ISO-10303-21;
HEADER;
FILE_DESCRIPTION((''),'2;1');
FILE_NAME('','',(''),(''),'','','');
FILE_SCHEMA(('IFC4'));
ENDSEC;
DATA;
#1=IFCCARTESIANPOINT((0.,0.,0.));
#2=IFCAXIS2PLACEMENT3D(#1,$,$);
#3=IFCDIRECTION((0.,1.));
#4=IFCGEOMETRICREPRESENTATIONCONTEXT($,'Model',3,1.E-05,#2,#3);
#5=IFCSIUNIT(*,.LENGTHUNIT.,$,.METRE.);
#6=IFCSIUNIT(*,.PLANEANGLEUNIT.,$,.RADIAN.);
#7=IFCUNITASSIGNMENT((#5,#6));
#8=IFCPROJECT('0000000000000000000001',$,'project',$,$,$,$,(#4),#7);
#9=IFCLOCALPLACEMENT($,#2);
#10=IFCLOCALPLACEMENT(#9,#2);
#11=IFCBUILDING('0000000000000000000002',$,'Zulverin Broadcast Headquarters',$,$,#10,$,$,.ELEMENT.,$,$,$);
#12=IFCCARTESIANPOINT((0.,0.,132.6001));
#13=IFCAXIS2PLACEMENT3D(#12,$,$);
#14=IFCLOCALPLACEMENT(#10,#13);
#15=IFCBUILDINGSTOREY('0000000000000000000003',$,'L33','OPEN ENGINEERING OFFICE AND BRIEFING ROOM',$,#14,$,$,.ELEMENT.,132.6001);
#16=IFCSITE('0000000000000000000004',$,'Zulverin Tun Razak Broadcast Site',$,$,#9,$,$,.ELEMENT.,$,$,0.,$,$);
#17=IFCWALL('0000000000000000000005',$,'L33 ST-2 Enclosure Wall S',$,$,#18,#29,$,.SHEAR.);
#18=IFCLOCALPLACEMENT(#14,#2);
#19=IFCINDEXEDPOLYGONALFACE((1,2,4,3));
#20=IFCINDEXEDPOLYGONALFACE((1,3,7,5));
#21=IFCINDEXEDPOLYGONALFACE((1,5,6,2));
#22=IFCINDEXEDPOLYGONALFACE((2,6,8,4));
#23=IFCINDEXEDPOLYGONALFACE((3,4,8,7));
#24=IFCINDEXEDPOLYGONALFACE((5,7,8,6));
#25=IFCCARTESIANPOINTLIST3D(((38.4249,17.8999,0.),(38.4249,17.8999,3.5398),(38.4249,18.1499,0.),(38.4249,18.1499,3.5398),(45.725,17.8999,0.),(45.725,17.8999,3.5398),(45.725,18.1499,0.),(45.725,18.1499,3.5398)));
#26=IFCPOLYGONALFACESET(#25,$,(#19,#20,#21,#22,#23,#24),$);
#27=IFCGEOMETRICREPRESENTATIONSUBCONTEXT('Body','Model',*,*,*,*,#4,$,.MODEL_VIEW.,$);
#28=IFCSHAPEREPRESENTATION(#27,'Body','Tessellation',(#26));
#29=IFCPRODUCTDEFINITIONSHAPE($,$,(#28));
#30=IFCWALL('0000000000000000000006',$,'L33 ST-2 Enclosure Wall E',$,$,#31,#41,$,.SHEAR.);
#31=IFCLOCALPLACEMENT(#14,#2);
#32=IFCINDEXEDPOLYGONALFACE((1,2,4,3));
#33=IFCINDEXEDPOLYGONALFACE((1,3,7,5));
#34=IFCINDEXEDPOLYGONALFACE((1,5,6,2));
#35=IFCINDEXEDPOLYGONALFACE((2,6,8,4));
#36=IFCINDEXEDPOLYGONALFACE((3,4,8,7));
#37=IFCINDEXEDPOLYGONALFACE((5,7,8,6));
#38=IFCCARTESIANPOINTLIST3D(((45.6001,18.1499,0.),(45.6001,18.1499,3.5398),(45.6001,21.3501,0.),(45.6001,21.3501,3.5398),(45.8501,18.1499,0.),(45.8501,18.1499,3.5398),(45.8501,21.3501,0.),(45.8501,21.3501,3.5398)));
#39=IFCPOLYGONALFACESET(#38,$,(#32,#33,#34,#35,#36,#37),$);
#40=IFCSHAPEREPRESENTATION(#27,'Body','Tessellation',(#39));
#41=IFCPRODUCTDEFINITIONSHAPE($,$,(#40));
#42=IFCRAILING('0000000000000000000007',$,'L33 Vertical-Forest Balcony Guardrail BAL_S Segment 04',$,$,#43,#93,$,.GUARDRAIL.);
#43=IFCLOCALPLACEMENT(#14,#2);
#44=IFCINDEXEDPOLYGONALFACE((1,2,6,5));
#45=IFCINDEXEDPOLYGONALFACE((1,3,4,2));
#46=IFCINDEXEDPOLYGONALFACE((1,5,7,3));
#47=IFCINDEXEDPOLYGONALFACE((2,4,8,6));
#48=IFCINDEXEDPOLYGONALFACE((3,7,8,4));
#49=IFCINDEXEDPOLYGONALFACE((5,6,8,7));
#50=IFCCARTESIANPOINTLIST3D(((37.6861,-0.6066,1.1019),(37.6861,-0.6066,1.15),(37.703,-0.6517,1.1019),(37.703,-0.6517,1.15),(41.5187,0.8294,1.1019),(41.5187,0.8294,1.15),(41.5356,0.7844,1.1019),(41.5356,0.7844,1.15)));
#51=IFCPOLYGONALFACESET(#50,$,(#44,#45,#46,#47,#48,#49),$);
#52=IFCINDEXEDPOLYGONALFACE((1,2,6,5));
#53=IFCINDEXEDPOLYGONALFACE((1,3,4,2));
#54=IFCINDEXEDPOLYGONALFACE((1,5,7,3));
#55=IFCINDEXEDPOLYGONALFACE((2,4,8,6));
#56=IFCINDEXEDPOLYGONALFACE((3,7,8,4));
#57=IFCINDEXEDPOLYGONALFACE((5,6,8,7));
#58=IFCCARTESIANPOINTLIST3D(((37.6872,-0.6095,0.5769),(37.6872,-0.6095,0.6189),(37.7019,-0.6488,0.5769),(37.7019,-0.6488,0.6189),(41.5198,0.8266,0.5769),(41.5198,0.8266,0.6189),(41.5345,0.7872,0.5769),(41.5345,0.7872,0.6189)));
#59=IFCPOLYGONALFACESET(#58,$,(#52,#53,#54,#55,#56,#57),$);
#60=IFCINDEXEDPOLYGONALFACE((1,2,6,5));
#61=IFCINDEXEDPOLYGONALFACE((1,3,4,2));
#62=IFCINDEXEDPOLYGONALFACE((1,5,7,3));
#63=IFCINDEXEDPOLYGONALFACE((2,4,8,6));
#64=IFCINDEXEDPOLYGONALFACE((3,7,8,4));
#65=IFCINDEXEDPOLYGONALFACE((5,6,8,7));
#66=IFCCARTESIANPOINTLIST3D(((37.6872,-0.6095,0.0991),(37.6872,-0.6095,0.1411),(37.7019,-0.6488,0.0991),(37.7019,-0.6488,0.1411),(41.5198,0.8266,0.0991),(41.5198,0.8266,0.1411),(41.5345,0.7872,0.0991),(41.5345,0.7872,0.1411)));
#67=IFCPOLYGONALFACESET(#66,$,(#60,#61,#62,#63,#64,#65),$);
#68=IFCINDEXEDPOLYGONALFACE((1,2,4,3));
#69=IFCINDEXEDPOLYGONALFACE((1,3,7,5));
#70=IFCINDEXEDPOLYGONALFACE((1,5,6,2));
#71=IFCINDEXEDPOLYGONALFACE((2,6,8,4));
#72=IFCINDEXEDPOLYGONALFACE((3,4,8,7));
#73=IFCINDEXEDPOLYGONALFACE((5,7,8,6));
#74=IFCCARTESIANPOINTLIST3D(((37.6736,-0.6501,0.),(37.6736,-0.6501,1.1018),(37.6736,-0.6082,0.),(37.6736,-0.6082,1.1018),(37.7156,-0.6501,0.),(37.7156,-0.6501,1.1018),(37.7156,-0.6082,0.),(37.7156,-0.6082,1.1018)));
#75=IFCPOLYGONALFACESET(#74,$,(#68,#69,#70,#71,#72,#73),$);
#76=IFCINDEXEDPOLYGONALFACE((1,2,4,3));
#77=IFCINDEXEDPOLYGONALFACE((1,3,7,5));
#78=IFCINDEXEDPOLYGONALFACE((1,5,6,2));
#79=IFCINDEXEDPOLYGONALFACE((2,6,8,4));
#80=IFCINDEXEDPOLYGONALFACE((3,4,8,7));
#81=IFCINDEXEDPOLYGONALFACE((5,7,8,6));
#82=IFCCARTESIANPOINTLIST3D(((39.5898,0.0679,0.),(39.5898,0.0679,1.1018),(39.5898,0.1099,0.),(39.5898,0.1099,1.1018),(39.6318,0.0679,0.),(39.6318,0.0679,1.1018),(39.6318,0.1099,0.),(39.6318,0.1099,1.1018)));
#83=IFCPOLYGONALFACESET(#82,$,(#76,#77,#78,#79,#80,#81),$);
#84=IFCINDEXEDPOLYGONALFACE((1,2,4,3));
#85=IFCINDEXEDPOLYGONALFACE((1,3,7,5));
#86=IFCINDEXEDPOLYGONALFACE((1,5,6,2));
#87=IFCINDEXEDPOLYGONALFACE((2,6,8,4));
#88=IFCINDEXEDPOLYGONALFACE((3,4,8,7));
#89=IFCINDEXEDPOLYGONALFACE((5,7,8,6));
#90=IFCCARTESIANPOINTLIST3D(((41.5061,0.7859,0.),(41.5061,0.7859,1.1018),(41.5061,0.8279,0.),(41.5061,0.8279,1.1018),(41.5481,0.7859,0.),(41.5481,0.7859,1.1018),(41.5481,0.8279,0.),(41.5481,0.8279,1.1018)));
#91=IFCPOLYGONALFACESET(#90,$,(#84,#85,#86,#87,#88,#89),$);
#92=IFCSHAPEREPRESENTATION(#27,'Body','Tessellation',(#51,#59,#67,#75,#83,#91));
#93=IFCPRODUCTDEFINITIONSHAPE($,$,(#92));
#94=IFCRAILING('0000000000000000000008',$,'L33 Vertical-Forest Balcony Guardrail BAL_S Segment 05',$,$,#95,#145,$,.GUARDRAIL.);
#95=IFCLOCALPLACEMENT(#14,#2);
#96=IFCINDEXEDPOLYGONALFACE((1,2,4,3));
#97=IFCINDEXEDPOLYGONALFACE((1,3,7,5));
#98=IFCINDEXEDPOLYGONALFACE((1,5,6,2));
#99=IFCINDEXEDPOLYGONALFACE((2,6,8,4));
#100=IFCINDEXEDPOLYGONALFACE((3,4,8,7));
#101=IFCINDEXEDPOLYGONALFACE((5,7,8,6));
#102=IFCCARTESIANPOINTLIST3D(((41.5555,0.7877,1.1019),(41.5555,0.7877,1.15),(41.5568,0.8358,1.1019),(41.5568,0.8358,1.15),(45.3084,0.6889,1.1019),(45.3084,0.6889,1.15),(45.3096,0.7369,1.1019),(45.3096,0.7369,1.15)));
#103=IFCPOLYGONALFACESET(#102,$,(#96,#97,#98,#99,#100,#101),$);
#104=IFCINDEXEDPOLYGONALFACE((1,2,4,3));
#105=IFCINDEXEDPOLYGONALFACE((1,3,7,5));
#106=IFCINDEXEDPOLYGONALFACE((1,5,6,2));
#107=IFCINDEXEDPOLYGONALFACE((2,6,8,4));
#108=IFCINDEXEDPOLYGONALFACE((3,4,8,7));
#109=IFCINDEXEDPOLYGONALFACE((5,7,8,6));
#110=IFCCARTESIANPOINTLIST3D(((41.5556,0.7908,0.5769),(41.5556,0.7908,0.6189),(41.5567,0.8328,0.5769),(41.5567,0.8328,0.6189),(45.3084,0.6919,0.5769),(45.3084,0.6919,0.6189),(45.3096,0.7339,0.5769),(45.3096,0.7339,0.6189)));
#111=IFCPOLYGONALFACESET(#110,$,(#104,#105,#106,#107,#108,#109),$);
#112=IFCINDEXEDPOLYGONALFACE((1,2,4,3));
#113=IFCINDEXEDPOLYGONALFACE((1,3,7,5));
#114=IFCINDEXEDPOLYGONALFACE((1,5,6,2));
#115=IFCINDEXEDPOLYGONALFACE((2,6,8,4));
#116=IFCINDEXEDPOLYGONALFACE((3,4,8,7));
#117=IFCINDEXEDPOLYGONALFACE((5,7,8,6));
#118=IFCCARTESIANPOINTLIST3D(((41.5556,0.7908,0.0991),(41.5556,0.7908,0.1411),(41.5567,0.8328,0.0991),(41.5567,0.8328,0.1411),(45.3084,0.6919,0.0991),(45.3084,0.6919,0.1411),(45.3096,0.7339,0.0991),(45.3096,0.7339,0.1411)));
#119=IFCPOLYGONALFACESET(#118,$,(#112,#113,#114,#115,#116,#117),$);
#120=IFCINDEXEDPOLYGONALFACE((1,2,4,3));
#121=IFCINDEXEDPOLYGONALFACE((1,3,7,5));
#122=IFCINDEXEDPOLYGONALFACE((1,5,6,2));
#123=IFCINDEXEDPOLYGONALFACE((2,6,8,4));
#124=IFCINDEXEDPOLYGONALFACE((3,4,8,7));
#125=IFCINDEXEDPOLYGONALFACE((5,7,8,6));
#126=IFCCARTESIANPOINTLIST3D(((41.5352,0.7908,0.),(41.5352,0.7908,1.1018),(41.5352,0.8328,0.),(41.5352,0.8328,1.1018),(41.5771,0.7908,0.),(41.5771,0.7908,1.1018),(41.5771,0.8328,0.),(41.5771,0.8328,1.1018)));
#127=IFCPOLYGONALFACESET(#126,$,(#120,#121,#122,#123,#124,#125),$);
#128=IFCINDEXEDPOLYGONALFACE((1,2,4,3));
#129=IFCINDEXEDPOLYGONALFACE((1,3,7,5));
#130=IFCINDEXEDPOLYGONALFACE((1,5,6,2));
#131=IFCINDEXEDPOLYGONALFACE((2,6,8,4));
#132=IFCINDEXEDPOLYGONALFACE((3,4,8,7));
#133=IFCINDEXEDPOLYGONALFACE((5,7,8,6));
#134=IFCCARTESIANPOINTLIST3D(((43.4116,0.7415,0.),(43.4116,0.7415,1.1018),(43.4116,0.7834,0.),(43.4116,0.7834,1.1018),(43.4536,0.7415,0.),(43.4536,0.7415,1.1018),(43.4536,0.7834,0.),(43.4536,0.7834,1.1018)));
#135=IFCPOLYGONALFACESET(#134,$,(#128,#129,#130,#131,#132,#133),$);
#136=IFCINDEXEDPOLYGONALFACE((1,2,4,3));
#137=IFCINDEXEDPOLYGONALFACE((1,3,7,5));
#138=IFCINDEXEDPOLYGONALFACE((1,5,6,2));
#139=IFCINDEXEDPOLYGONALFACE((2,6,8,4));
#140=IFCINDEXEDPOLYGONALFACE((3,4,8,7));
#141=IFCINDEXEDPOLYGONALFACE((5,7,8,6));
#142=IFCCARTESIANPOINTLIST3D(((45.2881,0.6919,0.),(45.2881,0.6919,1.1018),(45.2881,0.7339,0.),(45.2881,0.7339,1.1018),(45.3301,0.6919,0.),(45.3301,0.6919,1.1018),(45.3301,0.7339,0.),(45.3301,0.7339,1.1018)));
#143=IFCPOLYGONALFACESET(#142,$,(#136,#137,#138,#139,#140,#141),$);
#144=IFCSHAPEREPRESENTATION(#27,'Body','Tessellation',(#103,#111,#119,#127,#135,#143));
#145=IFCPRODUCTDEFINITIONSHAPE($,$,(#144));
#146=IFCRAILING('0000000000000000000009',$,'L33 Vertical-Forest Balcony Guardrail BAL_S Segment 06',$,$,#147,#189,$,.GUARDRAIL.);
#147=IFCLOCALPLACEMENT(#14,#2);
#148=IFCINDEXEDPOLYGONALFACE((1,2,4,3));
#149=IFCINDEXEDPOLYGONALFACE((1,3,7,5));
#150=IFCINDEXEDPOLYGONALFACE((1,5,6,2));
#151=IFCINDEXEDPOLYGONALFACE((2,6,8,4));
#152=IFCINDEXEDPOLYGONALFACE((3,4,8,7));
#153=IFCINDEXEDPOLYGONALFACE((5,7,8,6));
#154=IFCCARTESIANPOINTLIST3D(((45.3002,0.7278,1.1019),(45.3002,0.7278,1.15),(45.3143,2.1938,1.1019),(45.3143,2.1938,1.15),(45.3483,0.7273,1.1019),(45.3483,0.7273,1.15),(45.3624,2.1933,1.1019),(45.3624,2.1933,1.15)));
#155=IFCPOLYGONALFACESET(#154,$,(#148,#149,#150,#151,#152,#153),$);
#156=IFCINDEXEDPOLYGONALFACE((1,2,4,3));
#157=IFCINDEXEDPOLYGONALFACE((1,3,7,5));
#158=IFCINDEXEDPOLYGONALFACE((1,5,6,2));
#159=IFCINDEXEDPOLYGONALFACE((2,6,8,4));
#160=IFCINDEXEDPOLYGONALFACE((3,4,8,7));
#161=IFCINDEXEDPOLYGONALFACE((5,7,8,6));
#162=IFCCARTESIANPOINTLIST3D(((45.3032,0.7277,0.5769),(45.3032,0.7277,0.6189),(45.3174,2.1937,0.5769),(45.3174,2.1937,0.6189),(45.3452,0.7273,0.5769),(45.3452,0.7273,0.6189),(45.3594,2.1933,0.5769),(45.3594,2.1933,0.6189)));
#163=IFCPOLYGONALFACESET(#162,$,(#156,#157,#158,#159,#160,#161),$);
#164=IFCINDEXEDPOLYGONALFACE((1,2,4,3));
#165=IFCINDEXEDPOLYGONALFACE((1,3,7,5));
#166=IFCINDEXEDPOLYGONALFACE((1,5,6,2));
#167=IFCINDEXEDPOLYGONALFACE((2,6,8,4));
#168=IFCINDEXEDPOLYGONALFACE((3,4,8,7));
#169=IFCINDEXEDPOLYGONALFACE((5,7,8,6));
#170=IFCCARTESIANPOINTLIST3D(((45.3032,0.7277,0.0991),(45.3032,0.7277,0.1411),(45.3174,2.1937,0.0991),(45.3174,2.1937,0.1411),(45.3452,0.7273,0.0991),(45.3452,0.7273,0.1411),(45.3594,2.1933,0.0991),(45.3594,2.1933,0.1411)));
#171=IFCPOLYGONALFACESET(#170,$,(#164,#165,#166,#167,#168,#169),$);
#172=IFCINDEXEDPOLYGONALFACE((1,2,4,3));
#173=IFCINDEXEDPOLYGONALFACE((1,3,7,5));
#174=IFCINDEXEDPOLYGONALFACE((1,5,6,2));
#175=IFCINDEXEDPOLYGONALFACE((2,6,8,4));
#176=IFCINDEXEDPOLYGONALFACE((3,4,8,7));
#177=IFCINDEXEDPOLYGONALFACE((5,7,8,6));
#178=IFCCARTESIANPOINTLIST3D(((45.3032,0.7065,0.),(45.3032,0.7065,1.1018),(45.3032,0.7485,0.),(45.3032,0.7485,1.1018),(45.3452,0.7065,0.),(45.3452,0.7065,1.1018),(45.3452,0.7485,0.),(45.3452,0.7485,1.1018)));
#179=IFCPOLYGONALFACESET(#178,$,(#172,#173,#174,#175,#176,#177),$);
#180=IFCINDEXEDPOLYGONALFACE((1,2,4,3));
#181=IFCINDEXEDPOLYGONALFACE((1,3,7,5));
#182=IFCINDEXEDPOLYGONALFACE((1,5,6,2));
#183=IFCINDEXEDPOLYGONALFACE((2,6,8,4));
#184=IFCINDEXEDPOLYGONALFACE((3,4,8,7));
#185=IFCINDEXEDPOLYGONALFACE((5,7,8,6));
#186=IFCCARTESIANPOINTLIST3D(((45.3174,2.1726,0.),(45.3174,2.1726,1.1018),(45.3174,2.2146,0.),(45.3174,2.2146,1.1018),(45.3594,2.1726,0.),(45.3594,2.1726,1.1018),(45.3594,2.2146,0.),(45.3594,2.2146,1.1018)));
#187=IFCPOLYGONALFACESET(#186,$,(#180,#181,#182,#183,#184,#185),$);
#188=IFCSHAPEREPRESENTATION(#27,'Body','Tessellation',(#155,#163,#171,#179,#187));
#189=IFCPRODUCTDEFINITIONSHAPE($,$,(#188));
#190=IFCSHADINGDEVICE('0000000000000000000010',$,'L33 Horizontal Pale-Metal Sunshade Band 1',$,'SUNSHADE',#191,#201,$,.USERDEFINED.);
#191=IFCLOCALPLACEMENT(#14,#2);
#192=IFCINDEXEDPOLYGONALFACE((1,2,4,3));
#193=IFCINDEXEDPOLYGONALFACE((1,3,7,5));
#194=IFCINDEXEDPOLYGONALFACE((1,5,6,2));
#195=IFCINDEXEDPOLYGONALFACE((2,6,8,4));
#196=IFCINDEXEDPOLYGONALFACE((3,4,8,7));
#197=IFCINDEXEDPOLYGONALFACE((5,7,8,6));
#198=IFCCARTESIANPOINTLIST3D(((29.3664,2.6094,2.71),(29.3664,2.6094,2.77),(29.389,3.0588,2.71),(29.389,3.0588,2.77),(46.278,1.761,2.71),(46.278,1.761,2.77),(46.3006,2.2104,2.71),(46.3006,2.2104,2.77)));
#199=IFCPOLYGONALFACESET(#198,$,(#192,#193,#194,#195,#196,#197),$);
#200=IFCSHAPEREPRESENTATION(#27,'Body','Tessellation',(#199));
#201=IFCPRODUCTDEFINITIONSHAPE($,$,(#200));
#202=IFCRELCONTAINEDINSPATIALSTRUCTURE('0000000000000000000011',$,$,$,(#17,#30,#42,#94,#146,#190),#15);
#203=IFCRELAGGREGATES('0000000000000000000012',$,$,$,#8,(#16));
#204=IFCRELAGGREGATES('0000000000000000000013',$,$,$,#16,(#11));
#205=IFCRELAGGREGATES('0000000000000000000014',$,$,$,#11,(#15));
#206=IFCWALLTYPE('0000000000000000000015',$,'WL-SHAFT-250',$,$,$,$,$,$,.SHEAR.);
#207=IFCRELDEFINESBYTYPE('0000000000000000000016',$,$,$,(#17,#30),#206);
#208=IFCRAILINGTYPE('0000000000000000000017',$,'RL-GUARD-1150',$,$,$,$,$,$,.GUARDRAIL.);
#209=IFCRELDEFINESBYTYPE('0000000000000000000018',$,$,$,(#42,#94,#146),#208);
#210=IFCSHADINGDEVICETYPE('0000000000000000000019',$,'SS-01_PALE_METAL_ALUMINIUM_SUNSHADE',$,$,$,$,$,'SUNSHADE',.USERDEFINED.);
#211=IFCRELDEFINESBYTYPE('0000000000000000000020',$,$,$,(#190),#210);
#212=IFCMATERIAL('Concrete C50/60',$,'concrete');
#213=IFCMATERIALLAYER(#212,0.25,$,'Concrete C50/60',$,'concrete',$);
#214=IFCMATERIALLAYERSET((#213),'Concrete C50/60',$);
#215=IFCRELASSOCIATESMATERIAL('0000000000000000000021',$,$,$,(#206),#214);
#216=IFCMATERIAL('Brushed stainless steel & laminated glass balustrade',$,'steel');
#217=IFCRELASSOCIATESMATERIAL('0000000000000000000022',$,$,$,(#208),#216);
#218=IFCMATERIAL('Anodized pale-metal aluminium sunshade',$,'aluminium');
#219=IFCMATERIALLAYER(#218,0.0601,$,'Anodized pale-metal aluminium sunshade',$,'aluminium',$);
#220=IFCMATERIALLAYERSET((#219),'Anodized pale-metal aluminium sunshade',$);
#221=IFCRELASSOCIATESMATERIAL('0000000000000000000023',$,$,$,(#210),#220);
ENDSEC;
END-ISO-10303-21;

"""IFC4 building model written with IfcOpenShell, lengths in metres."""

from ifc_helpers import new_model, si_unit, direction, frame, frame_2d, origin, origin_2d, place, context, subcontext, project, spatial, rectangle, extrude, material, layer, layer_set, type_object, element, save


model = new_model("IFC4")

# Units and contexts
model_context = context("Model", 3, precision=1e-05, world=origin(), true_north=direction((0.0, 1.0)))
body_context = subcontext(model_context, "Body", "Model", "MODEL_VIEW")
ifc_project = project(units=[si_unit("LENGTHUNIT", "METRE"), si_unit("PLANEANGLEUNIT", "RADIAN")], contexts=[model_context])

# Site, building, storey
site_placement = place(None, origin())
site = spatial("IfcSite", under=ifc_project, at=site_placement, Name="Zulverin Tun Razak Broadcast Site", CompositionType="ELEMENT", RefElevation=0.0)
building_placement = place(site_placement, origin())
building = spatial("IfcBuilding", under=site, at=building_placement, Name="Zulverin Broadcast Headquarters", CompositionType="ELEMENT")
storey_placement = place(building_placement, frame((0.0, 0.0, 132.6001)))
storey = spatial("IfcBuildingStorey", under=building, at=storey_placement, Name="L33", Description="OPEN ENGINEERING OFFICE AND BRIEFING ROOM", CompositionType="ELEMENT", Elevation=132.6001)

# Shared definitions
ifc_material_1 = material(Name="Concrete C50/60", Category="concrete")

# Wall
ifc_layer_1 = layer(ifc_material_1, 0.25, Name="Concrete C50/60", Category="concrete")
ifc_layer_set_1 = layer_set([ifc_layer_1], Name="Concrete C50/60")
wall_type_1 = type_object("IfcWallType", Name="WL-SHAFT-250", PredefinedType="SHEAR", material=ifc_layer_set_1)
wall_1_placement = place(storey_placement, frame((38.425, 18.0249, 0.0), z_axis=(0.0, 0.0, 1.0), x_axis=(1.0, 0.0, 0.0)))
element("IfcWall", 1, at=wall_1_placement, inside=storey, type_object=wall_type_1, Name="L33 ST-2 Enclosure Wall S", PredefinedType="SHEAR", context=body_context, shape_type="SweptSolid", body=[
    extrude(rectangle(XDim=7.3, YDim=0.25, at=frame_2d((3.6499, 0.0))), origin(), (0.0, 0.0, 1.0), 3.5398),
])

# Wall
wall_2_placement = place(storey_placement, frame((45.7251, 18.1499, 0.0), z_axis=(0.0, 0.0, 1.0), x_axis=(0.0, 1.0, 0.0)))
element("IfcWall", 2, at=wall_2_placement, inside=storey, type_object=wall_type_1, Name="L33 ST-2 Enclosure Wall E", PredefinedType="SHEAR", context=body_context, shape_type="SweptSolid", body=[
    extrude(rectangle(XDim=3.2002, YDim=0.25, at=frame_2d((1.6001, 0.0))), origin(), (0.0, 0.0, 1.0), 3.5398),
])

# Railings
ifc_material_2 = material(Name="Brushed stainless steel & laminated glass balustrade", Category="steel")
railing_type = type_object("IfcRailingType", Name="RL-GUARD-1150", PredefinedType="GUARDRAIL", material=ifc_material_2)
railing_1_placement = place(storey_placement, frame((37.6946, -0.6292, 0.0)))
element("IfcRailing", 3, at=railing_1_placement, inside=storey, type_object=railing_type, Name="L33 Vertical-Forest Balcony Guardrail BAL_S Segment 04", PredefinedType="GUARDRAIL", context=body_context, shape_type="SweptSolid", body=[
    extrude(rectangle(XDim=0.0481, YDim=0.0481, at=origin_2d()), frame((0.0, 0.0, 1.126), z_axis=(0.936422, 0.350875, 0.0), x_axis=(-0.350875, 0.936422, 0.0)), (0.0, 0.0, 1.0), 4.0928),
    extrude(rectangle(XDim=0.042, YDim=0.042, at=origin_2d()), frame((0.0, 0.0, 0.5979), z_axis=(0.936422, 0.350875, 0.0), x_axis=(-0.350875, 0.936422, 0.0)), (0.0, 0.0, 1.0), 4.0928),
    extrude(rectangle(XDim=0.042, YDim=0.042, at=origin_2d()), frame((0.0, 0.0, 0.1201), z_axis=(0.936422, 0.350875, 0.0), x_axis=(-0.350875, 0.936422, 0.0)), (0.0, 0.0, 1.0), 4.0928),
    extrude(rectangle(XDim=0.042, YDim=0.042, at=origin_2d()), origin(), (0.0, 0.0, 1.0), 1.1018),
    extrude(rectangle(XDim=0.042, YDim=0.042, at=origin_2d()), frame((1.9163, 0.718, 0.0)), (0.0, 0.0, 1.0), 1.1018),
    extrude(rectangle(XDim=0.042, YDim=0.042, at=origin_2d()), frame((3.8325, 1.436, 0.0)), (0.0, 0.0, 1.0), 1.1018),
])
railing_2_placement = place(storey_placement, frame((41.5562, 0.8118, 0.0)))
element("IfcRailing", 4, at=railing_2_placement, inside=storey, type_object=railing_type, Name="L33 Vertical-Forest Balcony Guardrail BAL_S Segment 05", PredefinedType="GUARDRAIL", context=body_context, shape_type="SweptSolid", body=[
    extrude(rectangle(XDim=0.0481, YDim=0.0481, at=origin_2d()), frame((0.0, 0.0, 1.126), z_axis=(0.999653, -0.026337, 0.0), x_axis=(0.026337, 0.999653, 0.0)), (0.0, 0.0, 1.0), 3.7542),
    extrude(rectangle(XDim=0.042, YDim=0.042, at=origin_2d()), frame((0.0, 0.0, 0.5979), z_axis=(0.999653, -0.026337, 0.0), x_axis=(0.026337, 0.999653, 0.0)), (0.0, 0.0, 1.0), 3.7542),
    extrude(rectangle(XDim=0.042, YDim=0.042, at=origin_2d()), frame((0.0, 0.0, 0.1201), z_axis=(0.999653, -0.026337, 0.0), x_axis=(0.026337, 0.999653, 0.0)), (0.0, 0.0, 1.0), 3.7542),
    extrude(rectangle(XDim=0.042, YDim=0.042, at=origin_2d()), origin(), (0.0, 0.0, 1.0), 1.1018),
    extrude(rectangle(XDim=0.042, YDim=0.042, at=origin_2d()), frame((1.8765, -0.0493, 0.0)), (0.0, 0.0, 1.0), 1.1018),
    extrude(rectangle(XDim=0.042, YDim=0.042, at=origin_2d()), frame((3.7529, -0.0989, 0.0)), (0.0, 0.0, 1.0), 1.1018),
])
railing_3_placement = place(storey_placement, frame((45.3242, 0.7275, 0.0)))
element("IfcRailing", 5, at=railing_3_placement, inside=storey, type_object=railing_type, Name="L33 Vertical-Forest Balcony Guardrail BAL_S Segment 06", PredefinedType="GUARDRAIL", context=body_context, shape_type="SweptSolid", body=[
    extrude(rectangle(XDim=0.0481, YDim=0.0481, at=origin_2d()), frame((0.0, 0.0, 1.126), z_axis=(0.009658, 0.999953, 0.0), x_axis=(-0.999953, 0.009658, 0.0)), (0.0, 0.0, 1.0), 1.4661),
    extrude(rectangle(XDim=0.042, YDim=0.042, at=origin_2d()), frame((0.0, 0.0, 0.5979), z_axis=(0.009658, 0.999953, 0.0), x_axis=(-0.999953, 0.009658, 0.0)), (0.0, 0.0, 1.0), 1.4661),
    extrude(rectangle(XDim=0.042, YDim=0.042, at=origin_2d()), frame((0.0, 0.0, 0.1201), z_axis=(0.009658, 0.999953, 0.0), x_axis=(-0.999953, 0.009658, 0.0)), (0.0, 0.0, 1.0), 1.4661),
    extrude(rectangle(XDim=0.042, YDim=0.042, at=origin_2d()), origin(), (0.0, 0.0, 1.0), 1.1018),
    extrude(rectangle(XDim=0.042, YDim=0.042, at=origin_2d()), frame((0.0142, 1.4661, 0.0)), (0.0, 0.0, 1.0), 1.1018),
])

# Shading device
ifc_material_3 = material(Name="Anodized pale-metal aluminium sunshade", Category="aluminium")
ifc_layer_2 = layer(ifc_material_3, 0.0601, Name="Anodized pale-metal aluminium sunshade", Category="aluminium")
ifc_layer_set_2 = layer_set([ifc_layer_2], Name="Anodized pale-metal aluminium sunshade")
shading_device_type = type_object("IfcShadingDeviceType", Name="SS-01_PALE_METAL_ALUMINIUM_SUNSHADE", ElementType="SUNSHADE", PredefinedType="USERDEFINED", material=ifc_layer_set_2)
shading_device_placement = place(storey_placement, frame((37.8335, 2.4099, 2.71), z_axis=(0.0, 0.0, 1.0), x_axis=(0.998744, -0.050107, 0.0)))
element("IfcShadingDevice", 6, at=shading_device_placement, inside=storey, type_object=shading_device_type, Name="L33 Horizontal Pale-Metal Sunshade Band 1", ObjectType="SUNSHADE", PredefinedType="USERDEFINED", context=body_context, shape_type="SweptSolid", body=[
    extrude(rectangle(XDim=16.9329, YDim=0.45, at=origin_2d()), origin(), (0.0, 0.0, 1.0), 0.0601),
])

save(model, "model.ifc")
